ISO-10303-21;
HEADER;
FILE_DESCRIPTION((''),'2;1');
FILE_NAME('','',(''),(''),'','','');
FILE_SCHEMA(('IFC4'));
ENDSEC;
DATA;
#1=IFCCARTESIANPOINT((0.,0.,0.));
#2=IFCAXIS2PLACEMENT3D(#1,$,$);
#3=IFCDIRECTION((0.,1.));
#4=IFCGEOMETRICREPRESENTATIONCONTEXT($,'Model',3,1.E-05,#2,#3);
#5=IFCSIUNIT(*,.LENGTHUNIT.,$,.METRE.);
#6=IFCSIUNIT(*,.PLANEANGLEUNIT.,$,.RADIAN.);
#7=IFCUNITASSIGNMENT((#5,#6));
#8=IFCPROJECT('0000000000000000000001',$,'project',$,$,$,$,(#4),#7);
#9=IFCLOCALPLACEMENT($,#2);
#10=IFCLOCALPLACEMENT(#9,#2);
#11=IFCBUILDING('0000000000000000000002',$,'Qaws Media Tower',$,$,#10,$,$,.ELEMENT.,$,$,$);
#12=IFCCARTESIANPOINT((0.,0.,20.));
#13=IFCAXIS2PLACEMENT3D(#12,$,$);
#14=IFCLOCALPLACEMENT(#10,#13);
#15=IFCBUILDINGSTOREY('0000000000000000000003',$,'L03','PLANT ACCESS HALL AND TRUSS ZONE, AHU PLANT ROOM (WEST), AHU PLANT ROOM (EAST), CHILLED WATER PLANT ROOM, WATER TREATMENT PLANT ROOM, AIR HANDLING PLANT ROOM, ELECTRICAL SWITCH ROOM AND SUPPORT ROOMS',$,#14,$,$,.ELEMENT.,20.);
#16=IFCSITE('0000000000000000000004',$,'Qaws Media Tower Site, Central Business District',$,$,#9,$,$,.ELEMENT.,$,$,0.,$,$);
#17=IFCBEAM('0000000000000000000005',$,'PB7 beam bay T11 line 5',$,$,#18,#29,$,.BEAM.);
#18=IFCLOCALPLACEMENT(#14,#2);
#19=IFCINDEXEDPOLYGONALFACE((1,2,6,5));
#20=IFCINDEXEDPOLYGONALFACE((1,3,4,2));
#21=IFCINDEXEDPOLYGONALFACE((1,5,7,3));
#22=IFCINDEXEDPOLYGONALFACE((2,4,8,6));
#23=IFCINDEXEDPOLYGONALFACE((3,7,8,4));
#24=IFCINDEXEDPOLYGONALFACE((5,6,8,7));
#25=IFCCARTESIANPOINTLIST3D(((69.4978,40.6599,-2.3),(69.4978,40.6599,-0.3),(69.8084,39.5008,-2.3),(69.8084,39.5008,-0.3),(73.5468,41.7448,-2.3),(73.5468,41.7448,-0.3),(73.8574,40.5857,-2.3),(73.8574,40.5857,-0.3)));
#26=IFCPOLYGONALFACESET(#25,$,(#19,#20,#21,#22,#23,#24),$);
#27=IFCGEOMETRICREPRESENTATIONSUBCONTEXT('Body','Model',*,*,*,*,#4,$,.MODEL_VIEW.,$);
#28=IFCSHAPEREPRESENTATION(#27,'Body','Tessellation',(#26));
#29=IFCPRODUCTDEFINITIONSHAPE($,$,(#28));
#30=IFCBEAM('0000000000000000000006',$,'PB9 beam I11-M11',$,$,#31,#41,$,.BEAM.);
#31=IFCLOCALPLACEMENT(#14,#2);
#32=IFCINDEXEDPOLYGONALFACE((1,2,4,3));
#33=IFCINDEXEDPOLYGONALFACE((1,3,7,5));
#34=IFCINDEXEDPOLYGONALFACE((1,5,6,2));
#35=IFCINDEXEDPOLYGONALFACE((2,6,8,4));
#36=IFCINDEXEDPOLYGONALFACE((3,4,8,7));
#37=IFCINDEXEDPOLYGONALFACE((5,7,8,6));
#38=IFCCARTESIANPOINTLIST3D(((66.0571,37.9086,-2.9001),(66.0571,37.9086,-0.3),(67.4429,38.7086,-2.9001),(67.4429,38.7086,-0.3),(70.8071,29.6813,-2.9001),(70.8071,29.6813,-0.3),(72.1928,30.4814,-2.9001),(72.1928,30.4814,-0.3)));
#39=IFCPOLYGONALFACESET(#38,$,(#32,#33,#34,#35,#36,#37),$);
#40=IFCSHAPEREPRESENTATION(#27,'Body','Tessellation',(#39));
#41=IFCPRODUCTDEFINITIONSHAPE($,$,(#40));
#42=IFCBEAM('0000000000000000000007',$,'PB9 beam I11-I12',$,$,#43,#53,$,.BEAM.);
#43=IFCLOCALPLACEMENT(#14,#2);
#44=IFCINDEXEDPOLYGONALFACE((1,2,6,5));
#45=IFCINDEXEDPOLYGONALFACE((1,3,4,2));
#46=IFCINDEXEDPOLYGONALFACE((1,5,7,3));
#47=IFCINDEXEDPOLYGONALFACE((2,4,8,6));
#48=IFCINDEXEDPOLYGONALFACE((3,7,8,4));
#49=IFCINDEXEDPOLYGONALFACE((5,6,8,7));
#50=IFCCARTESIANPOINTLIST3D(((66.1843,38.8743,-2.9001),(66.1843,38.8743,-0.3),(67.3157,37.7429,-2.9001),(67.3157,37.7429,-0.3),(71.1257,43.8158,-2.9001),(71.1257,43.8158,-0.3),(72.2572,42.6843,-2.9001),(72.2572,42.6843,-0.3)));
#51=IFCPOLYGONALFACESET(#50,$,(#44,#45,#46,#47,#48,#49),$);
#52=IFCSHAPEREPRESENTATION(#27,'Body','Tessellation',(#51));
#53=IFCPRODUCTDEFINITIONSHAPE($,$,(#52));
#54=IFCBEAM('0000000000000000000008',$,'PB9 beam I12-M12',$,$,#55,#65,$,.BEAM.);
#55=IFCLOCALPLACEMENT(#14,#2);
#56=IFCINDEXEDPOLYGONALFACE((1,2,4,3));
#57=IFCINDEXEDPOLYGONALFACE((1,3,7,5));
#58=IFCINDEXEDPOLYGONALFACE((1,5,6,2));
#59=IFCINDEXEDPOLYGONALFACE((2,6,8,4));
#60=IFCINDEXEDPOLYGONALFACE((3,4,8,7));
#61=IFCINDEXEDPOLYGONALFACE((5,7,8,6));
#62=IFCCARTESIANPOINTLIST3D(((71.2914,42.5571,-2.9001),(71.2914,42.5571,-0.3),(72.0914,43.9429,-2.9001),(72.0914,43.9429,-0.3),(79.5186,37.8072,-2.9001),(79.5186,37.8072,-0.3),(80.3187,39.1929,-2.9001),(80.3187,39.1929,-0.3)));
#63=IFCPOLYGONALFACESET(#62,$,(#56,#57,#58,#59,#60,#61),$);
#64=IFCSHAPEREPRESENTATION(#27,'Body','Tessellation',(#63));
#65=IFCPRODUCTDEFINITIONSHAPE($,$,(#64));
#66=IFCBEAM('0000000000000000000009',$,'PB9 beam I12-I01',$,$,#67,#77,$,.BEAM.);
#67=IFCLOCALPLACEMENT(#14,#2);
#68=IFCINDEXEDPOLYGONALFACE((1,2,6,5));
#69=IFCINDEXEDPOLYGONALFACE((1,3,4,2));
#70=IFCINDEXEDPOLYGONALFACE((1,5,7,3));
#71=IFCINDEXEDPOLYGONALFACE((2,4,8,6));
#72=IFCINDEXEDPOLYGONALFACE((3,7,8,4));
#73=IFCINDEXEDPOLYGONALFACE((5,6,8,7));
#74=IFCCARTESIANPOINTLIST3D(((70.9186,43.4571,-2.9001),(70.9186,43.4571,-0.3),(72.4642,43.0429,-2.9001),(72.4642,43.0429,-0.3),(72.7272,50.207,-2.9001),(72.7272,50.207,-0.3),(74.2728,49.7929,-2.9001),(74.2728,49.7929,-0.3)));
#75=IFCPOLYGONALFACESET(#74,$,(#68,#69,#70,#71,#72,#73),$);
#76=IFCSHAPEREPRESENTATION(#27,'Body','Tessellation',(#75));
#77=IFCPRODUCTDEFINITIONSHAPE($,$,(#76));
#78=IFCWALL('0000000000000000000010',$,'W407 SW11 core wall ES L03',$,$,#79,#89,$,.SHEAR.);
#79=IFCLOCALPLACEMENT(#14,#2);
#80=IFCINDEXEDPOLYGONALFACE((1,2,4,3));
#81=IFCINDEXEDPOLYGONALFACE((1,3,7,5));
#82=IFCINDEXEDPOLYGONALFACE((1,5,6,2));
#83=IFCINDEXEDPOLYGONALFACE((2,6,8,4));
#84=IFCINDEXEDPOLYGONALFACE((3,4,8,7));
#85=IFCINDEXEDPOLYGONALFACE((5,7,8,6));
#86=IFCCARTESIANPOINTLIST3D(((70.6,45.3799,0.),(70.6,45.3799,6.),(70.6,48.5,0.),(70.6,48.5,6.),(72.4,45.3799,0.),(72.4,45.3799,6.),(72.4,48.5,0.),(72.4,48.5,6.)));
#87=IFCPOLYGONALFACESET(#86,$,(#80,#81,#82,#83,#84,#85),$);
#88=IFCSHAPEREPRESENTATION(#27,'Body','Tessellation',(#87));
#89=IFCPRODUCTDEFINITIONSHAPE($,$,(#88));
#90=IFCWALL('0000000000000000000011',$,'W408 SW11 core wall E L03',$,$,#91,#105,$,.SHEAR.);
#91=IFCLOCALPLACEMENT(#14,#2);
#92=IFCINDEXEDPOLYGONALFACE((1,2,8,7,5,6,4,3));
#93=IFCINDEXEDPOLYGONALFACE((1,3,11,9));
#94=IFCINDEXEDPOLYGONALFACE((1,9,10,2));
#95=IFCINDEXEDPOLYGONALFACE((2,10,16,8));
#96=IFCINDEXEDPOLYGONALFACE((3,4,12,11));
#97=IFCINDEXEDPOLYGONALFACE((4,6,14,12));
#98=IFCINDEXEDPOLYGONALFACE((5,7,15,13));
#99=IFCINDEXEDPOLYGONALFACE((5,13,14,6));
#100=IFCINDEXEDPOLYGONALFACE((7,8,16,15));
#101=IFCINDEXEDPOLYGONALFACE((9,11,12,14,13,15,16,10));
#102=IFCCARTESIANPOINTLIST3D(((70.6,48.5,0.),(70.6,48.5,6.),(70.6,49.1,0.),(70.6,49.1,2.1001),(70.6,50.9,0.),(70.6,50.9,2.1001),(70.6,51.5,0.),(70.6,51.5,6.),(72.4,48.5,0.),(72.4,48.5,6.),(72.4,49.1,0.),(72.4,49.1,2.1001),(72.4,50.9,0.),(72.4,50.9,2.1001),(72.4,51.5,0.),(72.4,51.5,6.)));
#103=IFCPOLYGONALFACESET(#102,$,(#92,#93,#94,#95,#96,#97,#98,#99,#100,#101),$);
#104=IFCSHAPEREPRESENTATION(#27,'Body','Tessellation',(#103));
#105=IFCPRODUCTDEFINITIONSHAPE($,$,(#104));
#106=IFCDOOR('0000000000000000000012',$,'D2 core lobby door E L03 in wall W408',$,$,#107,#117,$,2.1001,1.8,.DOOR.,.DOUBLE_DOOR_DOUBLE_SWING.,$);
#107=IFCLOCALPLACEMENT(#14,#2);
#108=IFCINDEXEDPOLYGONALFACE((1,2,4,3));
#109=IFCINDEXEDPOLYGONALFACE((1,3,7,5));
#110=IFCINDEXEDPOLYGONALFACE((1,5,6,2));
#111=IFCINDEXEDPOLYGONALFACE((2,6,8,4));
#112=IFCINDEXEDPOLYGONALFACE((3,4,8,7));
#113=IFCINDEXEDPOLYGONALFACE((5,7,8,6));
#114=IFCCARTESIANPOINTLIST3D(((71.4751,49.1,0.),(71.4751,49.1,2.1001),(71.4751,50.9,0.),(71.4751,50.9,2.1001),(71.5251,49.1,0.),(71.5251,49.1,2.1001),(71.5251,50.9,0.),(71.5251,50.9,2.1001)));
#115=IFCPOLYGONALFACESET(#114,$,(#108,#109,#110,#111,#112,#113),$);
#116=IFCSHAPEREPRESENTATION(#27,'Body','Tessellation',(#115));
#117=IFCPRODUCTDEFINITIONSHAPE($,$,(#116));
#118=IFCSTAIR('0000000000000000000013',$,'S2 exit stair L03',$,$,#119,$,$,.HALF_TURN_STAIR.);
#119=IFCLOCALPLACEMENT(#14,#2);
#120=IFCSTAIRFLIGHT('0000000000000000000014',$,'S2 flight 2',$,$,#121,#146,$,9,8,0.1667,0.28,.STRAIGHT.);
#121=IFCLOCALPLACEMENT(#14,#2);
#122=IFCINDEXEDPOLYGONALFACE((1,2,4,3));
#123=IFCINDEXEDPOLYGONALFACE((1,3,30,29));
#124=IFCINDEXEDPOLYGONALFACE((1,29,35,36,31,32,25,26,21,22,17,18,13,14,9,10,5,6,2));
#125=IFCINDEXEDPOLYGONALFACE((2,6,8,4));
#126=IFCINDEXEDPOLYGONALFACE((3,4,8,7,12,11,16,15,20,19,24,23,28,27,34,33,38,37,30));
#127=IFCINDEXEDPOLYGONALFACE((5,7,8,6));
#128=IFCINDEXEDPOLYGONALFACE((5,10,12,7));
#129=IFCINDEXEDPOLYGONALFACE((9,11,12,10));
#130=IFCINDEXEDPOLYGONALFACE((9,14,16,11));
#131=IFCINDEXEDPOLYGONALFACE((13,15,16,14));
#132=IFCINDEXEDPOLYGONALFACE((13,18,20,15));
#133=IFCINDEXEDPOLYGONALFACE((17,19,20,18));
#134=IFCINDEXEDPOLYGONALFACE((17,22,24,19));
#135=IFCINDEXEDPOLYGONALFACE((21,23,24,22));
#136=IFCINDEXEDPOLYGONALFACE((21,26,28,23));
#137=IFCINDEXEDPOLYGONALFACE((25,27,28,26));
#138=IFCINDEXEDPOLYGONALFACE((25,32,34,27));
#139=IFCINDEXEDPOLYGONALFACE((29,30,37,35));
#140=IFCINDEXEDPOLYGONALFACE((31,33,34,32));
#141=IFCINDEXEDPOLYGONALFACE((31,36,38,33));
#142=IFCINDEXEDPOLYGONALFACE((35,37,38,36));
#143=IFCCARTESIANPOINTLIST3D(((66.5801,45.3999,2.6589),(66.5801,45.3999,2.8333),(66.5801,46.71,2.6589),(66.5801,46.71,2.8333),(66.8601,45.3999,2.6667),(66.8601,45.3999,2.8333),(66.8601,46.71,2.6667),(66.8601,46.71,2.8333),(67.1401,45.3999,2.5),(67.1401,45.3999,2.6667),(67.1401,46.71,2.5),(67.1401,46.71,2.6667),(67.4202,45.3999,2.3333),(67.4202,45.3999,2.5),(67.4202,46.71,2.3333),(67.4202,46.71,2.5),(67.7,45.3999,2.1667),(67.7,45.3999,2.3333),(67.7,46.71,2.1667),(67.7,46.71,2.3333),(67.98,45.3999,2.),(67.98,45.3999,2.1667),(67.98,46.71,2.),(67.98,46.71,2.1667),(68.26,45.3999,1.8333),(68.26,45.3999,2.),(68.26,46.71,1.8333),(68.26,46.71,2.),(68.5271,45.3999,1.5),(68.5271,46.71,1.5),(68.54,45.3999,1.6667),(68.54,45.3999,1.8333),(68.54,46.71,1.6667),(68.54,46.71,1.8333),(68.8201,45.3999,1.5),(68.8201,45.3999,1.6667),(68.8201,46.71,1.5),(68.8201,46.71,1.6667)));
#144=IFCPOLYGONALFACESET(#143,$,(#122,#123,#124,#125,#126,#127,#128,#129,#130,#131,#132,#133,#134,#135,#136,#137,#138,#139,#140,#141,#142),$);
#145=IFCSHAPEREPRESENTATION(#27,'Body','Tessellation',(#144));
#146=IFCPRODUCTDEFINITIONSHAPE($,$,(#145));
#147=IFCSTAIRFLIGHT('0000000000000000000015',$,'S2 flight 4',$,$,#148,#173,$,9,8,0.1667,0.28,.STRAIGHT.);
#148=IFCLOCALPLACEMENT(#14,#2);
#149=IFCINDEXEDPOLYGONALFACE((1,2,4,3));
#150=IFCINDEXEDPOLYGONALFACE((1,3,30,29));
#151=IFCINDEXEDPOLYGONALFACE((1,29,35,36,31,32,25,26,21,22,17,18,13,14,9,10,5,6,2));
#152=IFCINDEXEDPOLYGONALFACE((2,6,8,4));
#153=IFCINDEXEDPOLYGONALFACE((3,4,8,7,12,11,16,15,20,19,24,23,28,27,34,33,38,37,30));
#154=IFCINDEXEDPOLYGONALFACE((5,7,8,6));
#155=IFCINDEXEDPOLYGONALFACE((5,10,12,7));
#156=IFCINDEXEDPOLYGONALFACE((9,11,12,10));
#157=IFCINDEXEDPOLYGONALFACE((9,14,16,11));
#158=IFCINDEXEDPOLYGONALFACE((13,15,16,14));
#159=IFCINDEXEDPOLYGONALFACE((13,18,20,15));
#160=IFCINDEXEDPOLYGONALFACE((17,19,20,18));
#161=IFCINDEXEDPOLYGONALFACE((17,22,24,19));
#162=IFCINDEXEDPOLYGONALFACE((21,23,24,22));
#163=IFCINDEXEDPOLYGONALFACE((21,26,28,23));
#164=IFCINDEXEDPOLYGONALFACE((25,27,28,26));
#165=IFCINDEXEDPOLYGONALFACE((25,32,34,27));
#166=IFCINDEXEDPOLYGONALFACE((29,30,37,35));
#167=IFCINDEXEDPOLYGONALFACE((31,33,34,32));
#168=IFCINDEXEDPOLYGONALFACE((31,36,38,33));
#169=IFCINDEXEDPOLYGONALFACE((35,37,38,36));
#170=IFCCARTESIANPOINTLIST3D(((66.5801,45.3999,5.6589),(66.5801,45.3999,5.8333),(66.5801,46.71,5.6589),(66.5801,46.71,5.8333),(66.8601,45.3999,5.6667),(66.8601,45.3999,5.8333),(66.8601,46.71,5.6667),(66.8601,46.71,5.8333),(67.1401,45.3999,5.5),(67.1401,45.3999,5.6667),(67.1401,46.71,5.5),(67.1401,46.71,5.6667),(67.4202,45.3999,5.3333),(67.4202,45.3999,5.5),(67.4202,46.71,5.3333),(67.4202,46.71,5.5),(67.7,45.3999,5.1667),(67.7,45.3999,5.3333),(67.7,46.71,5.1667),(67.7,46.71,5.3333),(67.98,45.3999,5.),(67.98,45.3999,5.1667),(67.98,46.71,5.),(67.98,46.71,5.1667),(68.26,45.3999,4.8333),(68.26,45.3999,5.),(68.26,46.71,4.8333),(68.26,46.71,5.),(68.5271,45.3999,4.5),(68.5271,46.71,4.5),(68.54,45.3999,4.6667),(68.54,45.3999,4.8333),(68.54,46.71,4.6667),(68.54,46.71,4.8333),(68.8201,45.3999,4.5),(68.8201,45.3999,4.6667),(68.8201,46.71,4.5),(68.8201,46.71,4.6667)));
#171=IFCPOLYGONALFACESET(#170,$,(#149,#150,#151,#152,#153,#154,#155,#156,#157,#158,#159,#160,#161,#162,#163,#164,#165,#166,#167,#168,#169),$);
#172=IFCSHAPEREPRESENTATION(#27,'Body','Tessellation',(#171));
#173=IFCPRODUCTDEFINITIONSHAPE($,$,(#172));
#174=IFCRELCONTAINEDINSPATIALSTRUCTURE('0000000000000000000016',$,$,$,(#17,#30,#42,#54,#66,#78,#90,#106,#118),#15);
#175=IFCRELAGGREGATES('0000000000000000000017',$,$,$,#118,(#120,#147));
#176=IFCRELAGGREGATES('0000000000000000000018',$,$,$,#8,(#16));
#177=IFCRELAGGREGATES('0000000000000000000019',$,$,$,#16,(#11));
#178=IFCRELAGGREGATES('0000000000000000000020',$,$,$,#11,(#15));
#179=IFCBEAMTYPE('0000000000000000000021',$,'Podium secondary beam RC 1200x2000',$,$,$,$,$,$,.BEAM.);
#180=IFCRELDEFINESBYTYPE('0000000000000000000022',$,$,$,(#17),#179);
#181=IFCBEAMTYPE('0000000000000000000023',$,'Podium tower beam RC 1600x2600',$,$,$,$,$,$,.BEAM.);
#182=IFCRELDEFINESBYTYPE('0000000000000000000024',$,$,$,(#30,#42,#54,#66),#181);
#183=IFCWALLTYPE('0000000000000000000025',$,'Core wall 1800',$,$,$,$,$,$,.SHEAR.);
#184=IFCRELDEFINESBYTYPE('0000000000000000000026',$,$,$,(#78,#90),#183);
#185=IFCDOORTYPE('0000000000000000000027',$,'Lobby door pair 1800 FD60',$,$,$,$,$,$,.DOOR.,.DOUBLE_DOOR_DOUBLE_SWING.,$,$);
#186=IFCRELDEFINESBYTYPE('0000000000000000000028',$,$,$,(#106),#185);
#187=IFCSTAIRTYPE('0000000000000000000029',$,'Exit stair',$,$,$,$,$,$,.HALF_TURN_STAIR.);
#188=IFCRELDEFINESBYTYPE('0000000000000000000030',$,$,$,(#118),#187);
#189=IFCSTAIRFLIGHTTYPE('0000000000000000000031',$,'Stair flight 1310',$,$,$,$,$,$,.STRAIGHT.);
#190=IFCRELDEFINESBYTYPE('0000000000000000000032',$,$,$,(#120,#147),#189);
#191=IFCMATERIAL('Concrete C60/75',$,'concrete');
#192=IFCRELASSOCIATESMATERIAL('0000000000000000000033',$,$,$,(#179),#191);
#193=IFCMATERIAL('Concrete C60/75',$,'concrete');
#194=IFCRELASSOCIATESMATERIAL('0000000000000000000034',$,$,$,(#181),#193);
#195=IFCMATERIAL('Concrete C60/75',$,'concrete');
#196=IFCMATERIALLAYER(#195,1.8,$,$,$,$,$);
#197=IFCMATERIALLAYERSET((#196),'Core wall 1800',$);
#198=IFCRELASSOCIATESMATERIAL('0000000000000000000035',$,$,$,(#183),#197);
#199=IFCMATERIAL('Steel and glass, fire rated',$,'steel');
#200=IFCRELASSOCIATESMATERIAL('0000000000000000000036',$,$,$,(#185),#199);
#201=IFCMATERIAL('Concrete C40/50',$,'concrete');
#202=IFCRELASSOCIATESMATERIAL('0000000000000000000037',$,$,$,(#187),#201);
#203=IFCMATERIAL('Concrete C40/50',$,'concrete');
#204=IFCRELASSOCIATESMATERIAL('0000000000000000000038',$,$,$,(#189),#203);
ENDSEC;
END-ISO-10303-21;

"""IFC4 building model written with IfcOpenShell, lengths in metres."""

from ifc_helpers import new_model, si_unit, direction, frame, frame_2d, origin, origin_2d, place, context, subcontext, project, spatial, polyline, rectangle, outline, extrude, material, layer, layer_set, material_profile, profile_set, type_object, element, fill, aggregate, save


model = new_model("IFC4")

# Units and contexts
model_context = context("Model", 3, precision=1e-05, world=origin(), true_north=direction((0.0, 1.0)))
body_context = subcontext(model_context, "Body", "Model", "MODEL_VIEW")
ifc_project = project(units=[si_unit("LENGTHUNIT", "METRE"), si_unit("PLANEANGLEUNIT", "RADIAN")], contexts=[model_context])

# Site, building, storey
site_placement = place(None, origin())
site = spatial("IfcSite", under=ifc_project, at=site_placement, Name="Qaws Media Tower Site, Central Business District", CompositionType="ELEMENT", RefElevation=0.0)
building_placement = place(site_placement, origin())
building = spatial("IfcBuilding", under=site, at=building_placement, Name="Qaws Media Tower", CompositionType="ELEMENT")
storey_placement = place(building_placement, frame((0.0, 0.0, 20.0)))
storey = spatial("IfcBuildingStorey", under=building, at=storey_placement, Name="L03", Description="PLANT ACCESS HALL AND TRUSS ZONE, AHU PLANT ROOM (WEST), AHU PLANT ROOM (EAST), CHILLED WATER PLANT ROOM, WATER TREATMENT PLANT ROOM, AIR HANDLING PLANT ROOM, ELECTRICAL SWITCH ROOM AND SUPPORT ROOMS", CompositionType="ELEMENT", Elevation=20.0)

# Beams
ifc_material_1 = material(Name="Concrete C60/75", Category="concrete")
ifc_material_profile_1 = material_profile(ifc_material_1, rectangle(XDim=1.2, YDim=2.0, at=origin_2d()), Name="RC 1200x2000")
ifc_profile_set_1 = profile_set([ifc_material_profile_1], Name="Concrete C60/75")
beam_type_1 = type_object("IfcBeamType", Name="Podium secondary beam RC 1200x2000", PredefinedType="BEAM", material=ifc_profile_set_1)
beam_1_placement = place(storey_placement, frame((69.6531, 40.0803, -1.3), z_axis=(0.965925, 0.258822, 0.0), x_axis=(-0.258822, 0.965925, 0.0)))
element("IfcBeam", 1, at=beam_1_placement, inside=storey, type_object=beam_type_1, Name="PB7 beam bay T11 line 5", PredefinedType="BEAM", context=body_context, shape_type="SweptSolid", body=[
    extrude(rectangle(XDim=1.2, YDim=2.0, at=origin_2d()), origin(), (0.0, 0.0, 1.0), 4.1919),
])
ifc_material_2 = material(Name="Concrete C60/75", Category="concrete")
ifc_material_profile_2 = material_profile(ifc_material_2, rectangle(XDim=1.6001, YDim=2.6001, at=origin_2d()), Name="RC 1600x2600")
ifc_profile_set_2 = profile_set([ifc_material_profile_2], Name="Concrete C60/75")
beam_type_2 = type_object("IfcBeamType", Name="Podium tower beam RC 1600x2600", PredefinedType="BEAM", material=ifc_profile_set_2)
beam_2_placement = place(storey_placement, frame((66.75, 38.3086, -1.6001), z_axis=(0.499998, -0.866027, 0.0), x_axis=(0.866027, 0.499998, 0.0)))
element("IfcBeam", 2, at=beam_2_placement, inside=storey, type_object=beam_type_2, Name="PB9 beam I11-M11", PredefinedType="BEAM", context=body_context, shape_type="SweptSolid", body=[
    extrude(rectangle(XDim=1.6001, YDim=2.6001, at=origin_2d()), origin(), (0.0, 0.0, 1.0), 9.5),
])
beam_3_placement = place(storey_placement, frame((66.75, 38.3086, -1.6001), z_axis=(0.707107, 0.707107, 0.0), x_axis=(-0.707107, 0.707107, 0.0)))
element("IfcBeam", 3, at=beam_3_placement, inside=storey, type_object=beam_type_2, Name="PB9 beam I11-I12", PredefinedType="BEAM", context=body_context, shape_type="SweptSolid", body=[
    extrude(rectangle(XDim=1.6001, YDim=2.6001, at=origin_2d()), origin(), (0.0, 0.0, 1.0), 6.9883),
])
beam_4_placement = place(storey_placement, frame((71.6914, 43.25, -1.6001), z_axis=(0.866027, -0.499998, 0.0), x_axis=(0.499998, 0.866027, 0.0)))
element("IfcBeam", 4, at=beam_4_placement, inside=storey, type_object=beam_type_2, Name="PB9 beam I12-M12", PredefinedType="BEAM", context=body_context, shape_type="SweptSolid", body=[
    extrude(rectangle(XDim=1.6001, YDim=2.6001, at=origin_2d()), origin(), (0.0, 0.0, 1.0), 9.5),
])
beam_5_placement = place(storey_placement, frame((71.6914, 43.25, -1.6001), z_axis=(0.258811, 0.965928, 0.0), x_axis=(-0.965928, 0.258811, 0.0)))
element("IfcBeam", 5, at=beam_5_placement, inside=storey, type_object=beam_type_2, Name="PB9 beam I12-I01", PredefinedType="BEAM", context=body_context, shape_type="SweptSolid", body=[
    extrude(rectangle(XDim=1.6001, YDim=2.6001, at=origin_2d()), origin(), (0.0, 0.0, 1.0), 6.988),
])

# Wall
ifc_material_3 = material(Name="Concrete C60/75", Category="concrete")
ifc_layer = layer(ifc_material_3, 1.8)
ifc_layer_set = layer_set([ifc_layer], Name="Core wall 1800")
wall_type = type_object("IfcWallType", Name="Core wall 1800", PredefinedType="SHEAR", material=ifc_layer_set)
wall_1_placement = place(storey_placement, frame((71.5, 45.3799, 0.0), z_axis=(0.0, 0.0, 1.0), x_axis=(0.0, 1.0, 0.0)))
element("IfcWall", 6, at=wall_1_placement, inside=storey, type_object=wall_type, Name="W407 SW11 core wall ES L03", PredefinedType="SHEAR", context=body_context, shape_type="SweptSolid", body=[
    extrude(rectangle(XDim=3.1201, YDim=1.8, at=frame_2d((1.5601, 0.0))), origin(), (0.0, 0.0, 1.0), 6.0),
])

# Wall, opening, door
wall_2_placement = place(storey_placement, frame((71.5, 48.5, 0.0), z_axis=(0.0, 0.0, 1.0), x_axis=(0.0, 1.0, 0.0)))
wall_2 = element("IfcWall", 7, at=wall_2_placement, inside=storey, type_object=wall_type, Name="W408 SW11 core wall E L03", PredefinedType="SHEAR", context=body_context, shape_type="SweptSolid", body=[
    extrude(rectangle(XDim=3.0, YDim=1.8, at=frame_2d((1.5, 0.0))), origin(), (0.0, 0.0, 1.0), 6.0),
])
opening_placement = place(wall_2_placement, frame((0.6001, 0.0, 0.0)))
opening = element("IfcOpeningElement", 8, at=opening_placement, cuts=wall_2, PredefinedType="OPENING", context=body_context, shape_type="SweptSolid", body=[
    extrude(rectangle(XDim=1.8, YDim=2.1001, at=frame_2d((0.8999, 1.05))), frame((0.0, 0.9099, 0.0), z_axis=(0.0, -1.0, 0.0), x_axis=(1.0, 0.0, 0.0)), (0.0, 0.0, 1.0), 1.8201),
])
ifc_material_4 = material(Name="Steel and glass, fire rated", Category="steel")
door_type = type_object("IfcDoorType", Name="Lobby door pair 1800 FD60", OperationType="DOUBLE_DOOR_DOUBLE_SWING", PredefinedType="DOOR", material=ifc_material_4)
door_placement = place(opening_placement, origin())
door = element("IfcDoor", 9, at=door_placement, inside=storey, type_object=door_type, Name="D2 core lobby door E L03 in wall W408", OperationType="DOUBLE_DOOR_DOUBLE_SWING", OverallHeight=2.1001, OverallWidth=1.8, PredefinedType="DOOR", context=body_context, shape_type="SweptSolid", body=[
    extrude(rectangle(XDim=1.8, YDim=2.1001, at=frame_2d((0.8999, 1.05))), frame((0.0, 0.0249, 0.0), z_axis=(0.0, -1.0, 0.0), x_axis=(1.0, 0.0, 0.0)), (0.0, 0.0, 1.0), 0.05),
])
fill(opening, door)

# Stair, stair flights
ifc_material_5 = material(Name="Concrete C40/50", Category="concrete")
stair_type = type_object("IfcStairType", Name="Exit stair", PredefinedType="HALF_TURN_STAIR", material=ifc_material_5)
stair_placement = place(storey_placement, origin())
stair = element("IfcStair", 10, at=stair_placement, inside=storey, type_object=stair_type, Name="S2 exit stair L03", PredefinedType="HALF_TURN_STAIR")
ifc_material_6 = material(Name="Concrete C40/50", Category="concrete")
stair_flight_type = type_object("IfcStairFlightType", Name="Stair flight 1310", PredefinedType="STRAIGHT", material=ifc_material_6)
stair_flight_1_placement = place(storey_placement, frame((68.8201, 46.0549, 1.5), z_axis=(0.0, 0.0, 1.0), x_axis=(-1.0, 0.0, 0.0)))
stair_flight_1 = element("IfcStairFlight", 11, at=stair_flight_1_placement, type_object=stair_flight_type, Name="S2 flight 2", NumberOfRisers=9, NumberOfTreads=8, PredefinedType="STRAIGHT", RiserHeight=0.1667, TreadLength=0.28, context=body_context, shape_type="SweptSolid", body=[
    extrude(outline(polyline([(0.0, 0.0), (0.0, 0.1667), (0.28, 0.1667), (0.28, 0.3333), (0.5601, 0.3333), (0.5601, 0.5), (0.8401, 0.5), (0.8401, 0.6667), (1.1201, 0.6667), (1.1201, 0.8333), (1.3999, 0.8333), (1.3999, 1.0), (1.6799, 1.0), (1.6799, 1.1667), (1.96, 1.1667), (1.96, 1.3333), (2.24, 1.3333), (2.24, 1.5), (2.24, 1.1589), (0.293, 0.0), (0.0, 0.0)])), frame((0.0, 0.655, 0.0), z_axis=(0.0, -1.0, 0.0), x_axis=(1.0, 0.0, 0.0)), (0.0, 0.0, 1.0), 1.3101),
])
stair_flight_2_placement = place(storey_placement, frame((68.8201, 46.0549, 4.5), z_axis=(0.0, 0.0, 1.0), x_axis=(-1.0, 0.0, 0.0)))
stair_flight_2 = element("IfcStairFlight", 12, at=stair_flight_2_placement, type_object=stair_flight_type, Name="S2 flight 4", NumberOfRisers=9, NumberOfTreads=8, PredefinedType="STRAIGHT", RiserHeight=0.1667, TreadLength=0.28, context=body_context, shape_type="SweptSolid", body=[
    extrude(outline(polyline([(0.0, 0.0), (0.0, 0.1667), (0.28, 0.1667), (0.28, 0.3333), (0.5601, 0.3333), (0.5601, 0.5), (0.8401, 0.5), (0.8401, 0.6667), (1.1201, 0.6667), (1.1201, 0.8333), (1.3999, 0.8333), (1.3999, 1.0), (1.6799, 1.0), (1.6799, 1.1667), (1.96, 1.1667), (1.96, 1.3333), (2.24, 1.3333), (2.24, 1.5), (2.24, 1.1589), (0.293, 0.0), (0.0, 0.0)])), frame((0.0, 0.655, 0.0), z_axis=(0.0, -1.0, 0.0), x_axis=(1.0, 0.0, 0.0)), (0.0, 0.0, 1.0), 1.3101),
])
aggregate(stair, [stair_flight_1, stair_flight_2])

save(model, "model.ifc")
